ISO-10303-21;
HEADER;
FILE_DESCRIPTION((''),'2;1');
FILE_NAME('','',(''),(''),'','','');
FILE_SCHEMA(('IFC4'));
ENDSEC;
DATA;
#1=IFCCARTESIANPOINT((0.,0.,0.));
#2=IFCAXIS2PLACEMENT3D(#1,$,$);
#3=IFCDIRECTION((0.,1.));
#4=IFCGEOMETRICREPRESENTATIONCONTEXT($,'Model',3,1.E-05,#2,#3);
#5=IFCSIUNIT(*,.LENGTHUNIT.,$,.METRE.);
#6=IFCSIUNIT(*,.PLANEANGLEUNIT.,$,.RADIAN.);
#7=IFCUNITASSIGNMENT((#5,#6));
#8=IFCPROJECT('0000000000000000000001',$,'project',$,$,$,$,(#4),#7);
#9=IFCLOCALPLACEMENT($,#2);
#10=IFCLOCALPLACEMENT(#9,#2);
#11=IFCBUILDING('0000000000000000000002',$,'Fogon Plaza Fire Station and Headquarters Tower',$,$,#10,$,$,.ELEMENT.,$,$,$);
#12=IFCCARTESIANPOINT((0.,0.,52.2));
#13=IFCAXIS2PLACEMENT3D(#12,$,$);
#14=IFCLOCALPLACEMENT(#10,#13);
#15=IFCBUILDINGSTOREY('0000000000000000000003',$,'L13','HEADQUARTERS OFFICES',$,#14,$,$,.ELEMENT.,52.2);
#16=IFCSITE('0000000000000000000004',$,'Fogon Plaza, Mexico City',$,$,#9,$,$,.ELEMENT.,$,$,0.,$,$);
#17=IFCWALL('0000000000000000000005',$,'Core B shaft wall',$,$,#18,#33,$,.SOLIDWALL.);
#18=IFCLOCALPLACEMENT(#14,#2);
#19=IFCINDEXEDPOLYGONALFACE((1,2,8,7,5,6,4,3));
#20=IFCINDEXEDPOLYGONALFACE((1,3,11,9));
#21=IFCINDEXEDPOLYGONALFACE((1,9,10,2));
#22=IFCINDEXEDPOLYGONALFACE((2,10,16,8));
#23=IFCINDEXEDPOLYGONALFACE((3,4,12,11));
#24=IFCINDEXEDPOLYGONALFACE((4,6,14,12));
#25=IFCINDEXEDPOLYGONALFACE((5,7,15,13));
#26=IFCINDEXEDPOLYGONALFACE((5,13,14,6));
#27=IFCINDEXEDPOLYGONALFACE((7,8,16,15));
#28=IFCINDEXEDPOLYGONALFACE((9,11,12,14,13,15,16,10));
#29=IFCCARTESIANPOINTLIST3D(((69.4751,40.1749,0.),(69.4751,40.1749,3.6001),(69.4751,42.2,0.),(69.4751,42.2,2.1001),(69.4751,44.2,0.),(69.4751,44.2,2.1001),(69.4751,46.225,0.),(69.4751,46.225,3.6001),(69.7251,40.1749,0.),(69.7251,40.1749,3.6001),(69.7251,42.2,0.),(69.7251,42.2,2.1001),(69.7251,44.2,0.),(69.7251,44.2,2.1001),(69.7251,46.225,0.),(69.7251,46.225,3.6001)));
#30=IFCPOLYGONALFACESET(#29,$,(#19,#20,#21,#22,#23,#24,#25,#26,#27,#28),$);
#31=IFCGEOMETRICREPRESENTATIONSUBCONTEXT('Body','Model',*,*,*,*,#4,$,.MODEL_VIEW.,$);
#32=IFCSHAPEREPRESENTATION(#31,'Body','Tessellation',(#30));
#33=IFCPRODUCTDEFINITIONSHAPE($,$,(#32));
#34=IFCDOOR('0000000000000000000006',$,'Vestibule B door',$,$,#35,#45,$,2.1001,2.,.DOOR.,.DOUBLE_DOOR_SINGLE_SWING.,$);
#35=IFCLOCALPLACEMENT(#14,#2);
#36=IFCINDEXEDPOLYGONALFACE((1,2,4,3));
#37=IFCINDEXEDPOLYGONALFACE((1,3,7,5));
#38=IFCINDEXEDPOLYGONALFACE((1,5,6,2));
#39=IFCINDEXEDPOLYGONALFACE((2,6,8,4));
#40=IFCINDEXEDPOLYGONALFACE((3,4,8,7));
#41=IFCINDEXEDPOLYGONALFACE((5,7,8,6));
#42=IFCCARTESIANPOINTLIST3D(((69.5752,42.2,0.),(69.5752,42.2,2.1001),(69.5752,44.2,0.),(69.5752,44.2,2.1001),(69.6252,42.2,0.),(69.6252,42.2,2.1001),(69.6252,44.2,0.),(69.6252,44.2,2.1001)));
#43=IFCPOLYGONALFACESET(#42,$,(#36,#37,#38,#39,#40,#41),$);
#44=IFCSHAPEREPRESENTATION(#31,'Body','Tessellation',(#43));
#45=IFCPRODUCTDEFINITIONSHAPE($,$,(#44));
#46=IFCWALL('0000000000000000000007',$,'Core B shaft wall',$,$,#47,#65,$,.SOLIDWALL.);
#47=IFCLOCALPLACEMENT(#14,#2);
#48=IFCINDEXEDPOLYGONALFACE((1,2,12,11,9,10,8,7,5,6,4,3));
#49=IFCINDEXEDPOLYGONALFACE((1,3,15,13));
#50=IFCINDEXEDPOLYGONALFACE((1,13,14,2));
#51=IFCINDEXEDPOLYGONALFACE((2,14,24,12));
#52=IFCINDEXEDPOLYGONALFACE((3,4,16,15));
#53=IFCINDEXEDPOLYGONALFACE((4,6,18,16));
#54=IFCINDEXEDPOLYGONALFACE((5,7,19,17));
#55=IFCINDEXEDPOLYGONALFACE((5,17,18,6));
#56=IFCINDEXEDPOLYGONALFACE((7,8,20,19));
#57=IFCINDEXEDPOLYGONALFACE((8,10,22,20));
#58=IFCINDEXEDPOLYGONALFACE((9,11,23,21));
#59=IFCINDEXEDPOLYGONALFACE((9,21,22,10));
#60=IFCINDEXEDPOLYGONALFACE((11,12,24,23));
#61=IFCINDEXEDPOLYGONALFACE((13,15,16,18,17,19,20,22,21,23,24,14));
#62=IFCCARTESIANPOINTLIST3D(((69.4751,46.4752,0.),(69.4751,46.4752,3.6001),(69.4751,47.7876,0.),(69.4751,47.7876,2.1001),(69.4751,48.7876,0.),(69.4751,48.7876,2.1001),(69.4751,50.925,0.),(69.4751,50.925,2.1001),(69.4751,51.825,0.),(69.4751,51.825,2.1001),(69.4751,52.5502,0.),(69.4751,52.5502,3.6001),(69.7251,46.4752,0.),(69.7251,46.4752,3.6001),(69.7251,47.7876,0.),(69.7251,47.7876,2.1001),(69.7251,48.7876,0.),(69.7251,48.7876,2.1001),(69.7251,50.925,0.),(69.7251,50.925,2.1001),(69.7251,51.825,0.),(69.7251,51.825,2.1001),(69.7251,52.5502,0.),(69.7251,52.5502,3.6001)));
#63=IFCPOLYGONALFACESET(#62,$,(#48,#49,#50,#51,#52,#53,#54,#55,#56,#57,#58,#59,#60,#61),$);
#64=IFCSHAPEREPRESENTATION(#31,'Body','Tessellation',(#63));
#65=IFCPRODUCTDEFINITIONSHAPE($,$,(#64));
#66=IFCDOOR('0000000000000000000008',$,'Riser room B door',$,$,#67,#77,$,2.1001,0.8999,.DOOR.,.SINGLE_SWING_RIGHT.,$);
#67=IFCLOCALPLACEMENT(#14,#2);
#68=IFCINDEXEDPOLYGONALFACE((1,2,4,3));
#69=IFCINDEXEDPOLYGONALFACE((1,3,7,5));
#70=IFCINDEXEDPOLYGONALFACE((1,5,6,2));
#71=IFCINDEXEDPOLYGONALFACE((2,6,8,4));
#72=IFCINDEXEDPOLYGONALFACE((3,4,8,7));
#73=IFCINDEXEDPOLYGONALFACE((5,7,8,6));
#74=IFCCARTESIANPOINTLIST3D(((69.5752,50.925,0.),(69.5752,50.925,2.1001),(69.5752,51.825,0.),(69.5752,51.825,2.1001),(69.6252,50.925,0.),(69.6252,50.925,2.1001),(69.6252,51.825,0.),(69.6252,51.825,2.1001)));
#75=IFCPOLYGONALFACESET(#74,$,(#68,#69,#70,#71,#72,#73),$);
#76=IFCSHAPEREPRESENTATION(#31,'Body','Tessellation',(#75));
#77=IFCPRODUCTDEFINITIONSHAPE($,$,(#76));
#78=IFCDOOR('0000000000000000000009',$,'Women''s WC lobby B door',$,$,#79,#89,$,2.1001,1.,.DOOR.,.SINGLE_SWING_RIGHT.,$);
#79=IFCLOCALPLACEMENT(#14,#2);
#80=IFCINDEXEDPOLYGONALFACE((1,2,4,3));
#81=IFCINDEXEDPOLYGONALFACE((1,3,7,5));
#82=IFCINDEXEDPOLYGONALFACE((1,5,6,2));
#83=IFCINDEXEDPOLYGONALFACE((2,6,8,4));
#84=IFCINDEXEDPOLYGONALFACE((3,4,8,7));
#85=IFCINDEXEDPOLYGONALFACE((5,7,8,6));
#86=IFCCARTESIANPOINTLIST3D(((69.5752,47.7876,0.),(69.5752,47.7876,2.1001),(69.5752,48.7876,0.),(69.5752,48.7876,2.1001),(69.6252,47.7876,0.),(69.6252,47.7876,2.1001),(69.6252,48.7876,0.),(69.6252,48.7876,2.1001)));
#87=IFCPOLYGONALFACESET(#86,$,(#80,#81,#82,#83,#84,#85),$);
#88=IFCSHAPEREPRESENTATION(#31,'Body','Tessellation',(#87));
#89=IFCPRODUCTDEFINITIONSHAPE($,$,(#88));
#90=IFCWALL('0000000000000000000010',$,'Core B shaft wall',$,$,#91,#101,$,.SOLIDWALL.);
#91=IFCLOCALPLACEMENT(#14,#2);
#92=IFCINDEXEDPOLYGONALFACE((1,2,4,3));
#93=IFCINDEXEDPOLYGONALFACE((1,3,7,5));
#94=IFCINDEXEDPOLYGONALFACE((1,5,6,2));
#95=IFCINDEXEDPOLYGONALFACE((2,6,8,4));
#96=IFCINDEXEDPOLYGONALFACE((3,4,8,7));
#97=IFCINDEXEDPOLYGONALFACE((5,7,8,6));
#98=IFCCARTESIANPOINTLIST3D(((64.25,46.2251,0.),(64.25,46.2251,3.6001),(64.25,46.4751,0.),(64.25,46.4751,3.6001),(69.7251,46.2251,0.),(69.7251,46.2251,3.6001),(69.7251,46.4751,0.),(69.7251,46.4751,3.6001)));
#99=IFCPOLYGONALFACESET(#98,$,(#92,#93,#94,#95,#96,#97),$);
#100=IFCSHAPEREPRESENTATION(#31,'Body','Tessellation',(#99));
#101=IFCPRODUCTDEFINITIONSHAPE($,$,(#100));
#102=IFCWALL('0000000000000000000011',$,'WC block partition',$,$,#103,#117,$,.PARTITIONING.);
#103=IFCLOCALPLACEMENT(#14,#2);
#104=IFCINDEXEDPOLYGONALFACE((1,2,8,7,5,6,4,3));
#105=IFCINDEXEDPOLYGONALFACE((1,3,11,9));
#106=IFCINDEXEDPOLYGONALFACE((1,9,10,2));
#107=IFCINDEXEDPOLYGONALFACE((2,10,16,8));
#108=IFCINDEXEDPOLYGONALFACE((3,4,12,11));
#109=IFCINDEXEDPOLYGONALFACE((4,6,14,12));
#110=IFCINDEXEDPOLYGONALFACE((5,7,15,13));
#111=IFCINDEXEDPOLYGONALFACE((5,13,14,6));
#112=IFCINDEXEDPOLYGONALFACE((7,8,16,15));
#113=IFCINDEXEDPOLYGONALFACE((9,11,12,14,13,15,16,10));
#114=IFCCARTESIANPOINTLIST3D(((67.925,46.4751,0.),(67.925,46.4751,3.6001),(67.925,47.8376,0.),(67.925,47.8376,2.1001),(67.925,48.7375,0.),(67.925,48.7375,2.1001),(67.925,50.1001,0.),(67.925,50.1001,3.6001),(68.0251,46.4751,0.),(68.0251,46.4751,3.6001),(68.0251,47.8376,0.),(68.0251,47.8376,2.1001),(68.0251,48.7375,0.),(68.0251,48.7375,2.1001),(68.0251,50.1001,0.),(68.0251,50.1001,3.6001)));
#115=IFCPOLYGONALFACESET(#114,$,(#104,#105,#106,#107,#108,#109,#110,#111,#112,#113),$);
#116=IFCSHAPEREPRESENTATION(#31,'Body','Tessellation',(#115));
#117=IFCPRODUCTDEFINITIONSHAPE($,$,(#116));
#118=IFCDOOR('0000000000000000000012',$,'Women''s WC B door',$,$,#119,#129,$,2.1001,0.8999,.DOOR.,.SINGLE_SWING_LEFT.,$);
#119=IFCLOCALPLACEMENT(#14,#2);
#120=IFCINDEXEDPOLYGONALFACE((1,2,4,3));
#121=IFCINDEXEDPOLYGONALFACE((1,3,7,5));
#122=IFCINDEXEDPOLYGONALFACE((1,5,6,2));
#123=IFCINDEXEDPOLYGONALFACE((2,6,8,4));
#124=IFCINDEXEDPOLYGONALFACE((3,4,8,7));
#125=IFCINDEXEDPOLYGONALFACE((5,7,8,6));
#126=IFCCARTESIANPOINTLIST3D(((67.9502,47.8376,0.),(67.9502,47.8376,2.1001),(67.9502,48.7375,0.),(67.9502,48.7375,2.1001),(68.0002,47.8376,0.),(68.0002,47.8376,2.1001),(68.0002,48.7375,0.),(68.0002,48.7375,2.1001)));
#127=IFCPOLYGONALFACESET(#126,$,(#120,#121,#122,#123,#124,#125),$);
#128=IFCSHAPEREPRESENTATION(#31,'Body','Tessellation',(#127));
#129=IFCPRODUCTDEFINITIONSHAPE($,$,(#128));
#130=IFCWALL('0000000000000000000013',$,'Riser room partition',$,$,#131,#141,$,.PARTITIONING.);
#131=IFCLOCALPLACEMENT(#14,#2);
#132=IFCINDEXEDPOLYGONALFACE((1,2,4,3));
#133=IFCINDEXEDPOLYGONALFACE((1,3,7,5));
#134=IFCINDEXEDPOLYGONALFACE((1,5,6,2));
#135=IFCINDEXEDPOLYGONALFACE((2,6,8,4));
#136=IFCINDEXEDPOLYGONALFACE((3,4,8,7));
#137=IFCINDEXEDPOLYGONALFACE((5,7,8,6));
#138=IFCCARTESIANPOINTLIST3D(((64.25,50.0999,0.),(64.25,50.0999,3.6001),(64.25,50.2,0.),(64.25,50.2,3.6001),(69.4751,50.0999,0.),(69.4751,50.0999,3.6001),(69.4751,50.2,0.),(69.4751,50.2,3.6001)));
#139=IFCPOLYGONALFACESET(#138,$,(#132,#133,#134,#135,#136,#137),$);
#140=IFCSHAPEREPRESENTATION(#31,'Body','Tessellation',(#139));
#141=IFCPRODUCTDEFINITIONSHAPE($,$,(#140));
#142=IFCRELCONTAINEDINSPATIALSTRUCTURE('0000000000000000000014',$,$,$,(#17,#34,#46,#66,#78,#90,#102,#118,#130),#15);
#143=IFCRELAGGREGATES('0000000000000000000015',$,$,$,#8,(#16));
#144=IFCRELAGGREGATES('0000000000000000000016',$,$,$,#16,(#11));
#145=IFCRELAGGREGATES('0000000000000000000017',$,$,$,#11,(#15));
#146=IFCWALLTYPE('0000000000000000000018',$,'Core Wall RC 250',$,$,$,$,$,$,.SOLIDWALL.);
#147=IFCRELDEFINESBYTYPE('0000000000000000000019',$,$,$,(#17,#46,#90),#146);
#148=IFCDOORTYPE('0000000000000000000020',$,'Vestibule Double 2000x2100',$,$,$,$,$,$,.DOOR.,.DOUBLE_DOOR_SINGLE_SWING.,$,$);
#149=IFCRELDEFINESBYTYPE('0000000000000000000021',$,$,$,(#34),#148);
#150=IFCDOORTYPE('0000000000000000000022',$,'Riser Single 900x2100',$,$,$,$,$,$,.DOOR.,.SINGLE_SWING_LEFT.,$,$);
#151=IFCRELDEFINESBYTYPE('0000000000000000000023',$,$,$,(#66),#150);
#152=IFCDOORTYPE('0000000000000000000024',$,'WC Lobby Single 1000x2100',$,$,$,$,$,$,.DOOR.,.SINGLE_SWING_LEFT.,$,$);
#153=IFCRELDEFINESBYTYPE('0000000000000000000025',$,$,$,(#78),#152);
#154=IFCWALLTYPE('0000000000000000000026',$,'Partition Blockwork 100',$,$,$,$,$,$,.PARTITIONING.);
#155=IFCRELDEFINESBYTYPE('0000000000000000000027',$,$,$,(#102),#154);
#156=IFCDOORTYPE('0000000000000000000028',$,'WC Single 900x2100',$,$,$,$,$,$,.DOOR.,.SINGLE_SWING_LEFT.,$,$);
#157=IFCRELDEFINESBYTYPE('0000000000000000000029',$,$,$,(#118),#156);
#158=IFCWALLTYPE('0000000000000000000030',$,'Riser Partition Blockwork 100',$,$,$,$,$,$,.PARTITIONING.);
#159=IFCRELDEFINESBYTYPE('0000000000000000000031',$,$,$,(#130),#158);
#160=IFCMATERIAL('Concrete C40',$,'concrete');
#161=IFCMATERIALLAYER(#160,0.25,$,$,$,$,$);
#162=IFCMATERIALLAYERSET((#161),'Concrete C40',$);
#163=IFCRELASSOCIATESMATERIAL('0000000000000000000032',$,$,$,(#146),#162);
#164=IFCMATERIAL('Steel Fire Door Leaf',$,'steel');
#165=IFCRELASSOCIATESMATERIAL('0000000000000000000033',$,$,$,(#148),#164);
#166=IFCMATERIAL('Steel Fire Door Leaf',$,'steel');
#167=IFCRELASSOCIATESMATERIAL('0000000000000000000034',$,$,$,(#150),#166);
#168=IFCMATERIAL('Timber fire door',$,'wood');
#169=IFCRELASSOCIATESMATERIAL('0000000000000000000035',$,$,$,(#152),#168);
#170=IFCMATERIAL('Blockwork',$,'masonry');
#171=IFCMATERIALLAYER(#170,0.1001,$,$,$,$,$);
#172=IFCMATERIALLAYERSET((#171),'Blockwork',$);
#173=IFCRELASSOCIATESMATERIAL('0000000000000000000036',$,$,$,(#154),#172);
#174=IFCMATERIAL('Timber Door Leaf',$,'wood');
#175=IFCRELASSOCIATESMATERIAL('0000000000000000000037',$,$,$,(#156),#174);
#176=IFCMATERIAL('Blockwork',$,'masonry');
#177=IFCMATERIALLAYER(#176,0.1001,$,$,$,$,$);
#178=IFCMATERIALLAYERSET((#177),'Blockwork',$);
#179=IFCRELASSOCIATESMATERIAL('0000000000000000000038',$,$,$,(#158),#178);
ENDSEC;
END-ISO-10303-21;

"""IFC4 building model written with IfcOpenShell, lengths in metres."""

from ifc_helpers import new_model, si_unit, direction, frame, frame_2d, origin, place, context, subcontext, project, spatial, rectangle, extrude, material, layer, layer_set, type_object, element, fill, save


model = new_model("IFC4")

# Units and contexts
model_context = context("Model", 3, precision=1e-05, world=origin(), true_north=direction((0.0, 1.0)))
body_context = subcontext(model_context, "Body", "Model", "MODEL_VIEW")
ifc_project = project(units=[si_unit("LENGTHUNIT", "METRE"), si_unit("PLANEANGLEUNIT", "RADIAN")], contexts=[model_context])

# Site, building, storey
site_placement = place(None, origin())
site = spatial("IfcSite", under=ifc_project, at=site_placement, Name="Fogon Plaza, Mexico City", CompositionType="ELEMENT", RefElevation=0.0)
building_placement = place(site_placement, origin())
building = spatial("IfcBuilding", under=site, at=building_placement, Name="Fogon Plaza Fire Station and Headquarters Tower", CompositionType="ELEMENT")
storey_placement = place(building_placement, frame((0.0, 0.0, 52.2)))
storey = spatial("IfcBuildingStorey", under=building, at=storey_placement, Name="L13", Description="HEADQUARTERS OFFICES", CompositionType="ELEMENT", Elevation=52.2)

# Shared definitions
ifc_material_1 = material(Name="Concrete C40", Category="concrete")
ifc_layer_1 = layer(ifc_material_1, 0.25)
ifc_layer_set_1 = layer_set([ifc_layer_1], Name="Concrete C40")
wall_type_1 = type_object("IfcWallType", Name="Core Wall RC 250", PredefinedType="SOLIDWALL", material=ifc_layer_set_1)

# Wall, opening, door
wall_1_placement = place(storey_placement, frame((69.6001, 40.175, 0.0), z_axis=(0.0, 0.0, 1.0), x_axis=(0.0, 1.0, 0.0)))
wall_1 = element("IfcWall", 1, at=wall_1_placement, inside=storey, type_object=wall_type_1, Name="Core B shaft wall", PredefinedType="SOLIDWALL", context=body_context, shape_type="SweptSolid", body=[
    extrude(rectangle(XDim=6.05, YDim=0.25, at=frame_2d((3.0249, 0.0))), origin(), (0.0, 0.0, 1.0), 3.6001),
])
opening_1_placement = place(wall_1_placement, frame((2.0249, 0.0, 0.0)))
opening_1 = element("IfcOpeningElement", 2, at=opening_1_placement, cuts=wall_1, PredefinedType="OPENING", context=body_context, shape_type="SweptSolid", body=[
    extrude(rectangle(XDim=2.0, YDim=2.1001, at=frame_2d((1.0, 1.05))), frame((0.0, 0.135, 0.0), z_axis=(0.0, -1.0, 0.0), x_axis=(1.0, 0.0, 0.0)), (0.0, 0.0, 1.0), 0.27),
])
ifc_material_2 = material(Name="Steel Fire Door Leaf", Category="steel")
door_type_1 = type_object("IfcDoorType", Name="Vestibule Double 2000x2100", OperationType="DOUBLE_DOOR_SINGLE_SWING", PredefinedType="DOOR", material=ifc_material_2)
door_1_placement = place(opening_1_placement, origin())
door_1 = element("IfcDoor", 3, at=door_1_placement, inside=storey, type_object=door_type_1, Name="Vestibule B door", OperationType="DOUBLE_DOOR_SINGLE_SWING", OverallHeight=2.1001, OverallWidth=2.0, PredefinedType="DOOR", context=body_context, shape_type="SweptSolid", body=[
    extrude(rectangle(XDim=2.0, YDim=2.1001, at=frame_2d((1.0, 1.05))), frame((0.0, 0.0249, 0.0), z_axis=(0.0, -1.0, 0.0), x_axis=(1.0, 0.0, 0.0)), (0.0, 0.0, 1.0), 0.05),
])
fill(opening_1, door_1)

# Wall, openings, doors
wall_2_placement = place(storey_placement, frame((69.6001, 46.4751, 0.0), z_axis=(0.0, 0.0, 1.0), x_axis=(0.0, 1.0, 0.0)))
wall_2 = element("IfcWall", 4, at=wall_2_placement, inside=storey, type_object=wall_type_1, Name="Core B shaft wall", PredefinedType="SOLIDWALL", context=body_context, shape_type="SweptSolid", body=[
    extrude(rectangle(XDim=6.075, YDim=0.25, at=frame_2d((3.0376, 0.0))), origin(), (0.0, 0.0, 1.0), 3.6001),
])
opening_2_placement = place(wall_2_placement, frame((1.3125, 0.0, 0.0)))
opening_2 = element("IfcOpeningElement", 5, at=opening_2_placement, cuts=wall_2, PredefinedType="OPENING", context=body_context, shape_type="SweptSolid", body=[
    extrude(rectangle(XDim=1.0, YDim=2.1001, at=frame_2d((0.5, 1.05))), frame((0.0, 0.135, 0.0), z_axis=(0.0, -1.0, 0.0), x_axis=(1.0, 0.0, 0.0)), (0.0, 0.0, 1.0), 0.27),
])
opening_3_placement = place(wall_2_placement, frame((4.45, 0.0, 0.0)))
opening_3 = element("IfcOpeningElement", 6, at=opening_3_placement, cuts=wall_2, PredefinedType="OPENING", context=body_context, shape_type="SweptSolid", body=[
    extrude(rectangle(XDim=0.8999, YDim=2.1001, at=frame_2d((0.45, 1.05))), frame((0.0, 0.135, 0.0), z_axis=(0.0, -1.0, 0.0), x_axis=(1.0, 0.0, 0.0)), (0.0, 0.0, 1.0), 0.27),
])
ifc_material_3 = material(Name="Steel Fire Door Leaf", Category="steel")
door_type_2 = type_object("IfcDoorType", Name="Riser Single 900x2100", OperationType="SINGLE_SWING_LEFT", PredefinedType="DOOR", material=ifc_material_3)
door_2_placement = place(opening_3_placement, origin())
door_2 = element("IfcDoor", 7, at=door_2_placement, inside=storey, type_object=door_type_2, Name="Riser room B door", OperationType="SINGLE_SWING_RIGHT", OverallHeight=2.1001, OverallWidth=0.8999, PredefinedType="DOOR", context=body_context, shape_type="SweptSolid", body=[
    extrude(rectangle(XDim=0.8999, YDim=2.1001, at=frame_2d((0.45, 1.05))), frame((0.0, 0.0249, 0.0), z_axis=(0.0, -1.0, 0.0), x_axis=(1.0, 0.0, 0.0)), (0.0, 0.0, 1.0), 0.05),
])
fill(opening_3, door_2)
ifc_material_4 = material(Name="Timber fire door", Category="wood")
door_type_3 = type_object("IfcDoorType", Name="WC Lobby Single 1000x2100", OperationType="SINGLE_SWING_LEFT", PredefinedType="DOOR", material=ifc_material_4)
door_3_placement = place(opening_2_placement, origin())
door_3 = element("IfcDoor", 8, at=door_3_placement, inside=storey, type_object=door_type_3, Name="Women's WC lobby B door", OperationType="SINGLE_SWING_RIGHT", OverallHeight=2.1001, OverallWidth=1.0, PredefinedType="DOOR", context=body_context, shape_type="SweptSolid", body=[
    extrude(rectangle(XDim=1.0, YDim=2.1001, at=frame_2d((0.5, 1.05))), frame((0.0, 0.0249, 0.0), z_axis=(0.0, -1.0, 0.0), x_axis=(1.0, 0.0, 0.0)), (0.0, 0.0, 1.0), 0.05),
])
fill(opening_2, door_3)

# Wall
wall_3_placement = place(storey_placement, frame((69.7251, 46.3501, 0.0), z_axis=(0.0, 0.0, 1.0), x_axis=(-1.0, 0.0, 0.0)))
element("IfcWall", 9, at=wall_3_placement, inside=storey, type_object=wall_type_1, Name="Core B shaft wall", PredefinedType="SOLIDWALL", context=body_context, shape_type="SweptSolid", body=[
    extrude(rectangle(XDim=5.4751, YDim=0.25, at=frame_2d((2.7375, 0.0))), origin(), (0.0, 0.0, 1.0), 3.6001),
])

# Wall, opening, door
ifc_material_5 = material(Name="Blockwork", Category="masonry")
ifc_layer_2 = layer(ifc_material_5, 0.1001)
ifc_layer_set_2 = layer_set([ifc_layer_2], Name="Blockwork")
wall_type_2 = type_object("IfcWallType", Name="Partition Blockwork 100", PredefinedType="PARTITIONING", material=ifc_layer_set_2)
wall_4_placement = place(storey_placement, frame((67.9751, 46.4751, 0.0), z_axis=(0.0, 0.0, 1.0), x_axis=(0.0, 1.0, 0.0)))
wall_4 = element("IfcWall", 10, at=wall_4_placement, inside=storey, type_object=wall_type_2, Name="WC block partition", PredefinedType="PARTITIONING", context=body_context, shape_type="SweptSolid", body=[
    extrude(rectangle(XDim=3.625, YDim=0.1001, at=frame_2d((1.8125, 0.0))), origin(), (0.0, 0.0, 1.0), 3.6001),
])
opening_4_placement = place(wall_4_placement, frame((1.3625, 0.0, 0.0)))
opening_4 = element("IfcOpeningElement", 11, at=opening_4_placement, cuts=wall_4, PredefinedType="OPENING", context=body_context, shape_type="SweptSolid", body=[
    extrude(rectangle(XDim=0.8999, YDim=2.1001, at=frame_2d((0.45, 1.05))), frame((0.0, 0.0601, 0.0), z_axis=(0.0, -1.0, 0.0), x_axis=(1.0, 0.0, 0.0)), (0.0, 0.0, 1.0), 0.1201),
])
ifc_material_6 = material(Name="Timber Door Leaf", Category="wood")
door_type_4 = type_object("IfcDoorType", Name="WC Single 900x2100", OperationType="SINGLE_SWING_LEFT", PredefinedType="DOOR", material=ifc_material_6)
door_4_placement = place(opening_4_placement, origin())
door_4 = element("IfcDoor", 12, at=door_4_placement, inside=storey, type_object=door_type_4, Name="Women's WC B door", OperationType="SINGLE_SWING_LEFT", OverallHeight=2.1001, OverallWidth=0.8999, PredefinedType="DOOR", context=body_context, shape_type="SweptSolid", body=[
    extrude(rectangle(XDim=0.8999, YDim=2.1001, at=frame_2d((0.45, 1.05))), frame((0.0, 0.0249, 0.0), z_axis=(0.0, -1.0, 0.0), x_axis=(1.0, 0.0, 0.0)), (0.0, 0.0, 1.0), 0.05),
])
fill(opening_4, door_4)

# Wall
ifc_material_7 = material(Name="Blockwork", Category="masonry")
ifc_layer_3 = layer(ifc_material_7, 0.1001)
ifc_layer_set_3 = layer_set([ifc_layer_3], Name="Blockwork")
wall_type_3 = type_object("IfcWallType", Name="Riser Partition Blockwork 100", PredefinedType="PARTITIONING", material=ifc_layer_set_3)
wall_5_placement = place(storey_placement, frame((69.4751, 50.1499, 0.0), z_axis=(0.0, 0.0, 1.0), x_axis=(-1.0, 0.0, 0.0)))
element("IfcWall", 13, at=wall_5_placement, inside=storey, type_object=wall_type_3, Name="Riser room partition", PredefinedType="PARTITIONING", context=body_context, shape_type="SweptSolid", body=[
    extrude(rectangle(XDim=5.2251, YDim=0.1001, at=frame_2d((2.6125, 0.0))), origin(), (0.0, 0.0, 1.0), 3.6001),
])

save(model, "model.ifc")
